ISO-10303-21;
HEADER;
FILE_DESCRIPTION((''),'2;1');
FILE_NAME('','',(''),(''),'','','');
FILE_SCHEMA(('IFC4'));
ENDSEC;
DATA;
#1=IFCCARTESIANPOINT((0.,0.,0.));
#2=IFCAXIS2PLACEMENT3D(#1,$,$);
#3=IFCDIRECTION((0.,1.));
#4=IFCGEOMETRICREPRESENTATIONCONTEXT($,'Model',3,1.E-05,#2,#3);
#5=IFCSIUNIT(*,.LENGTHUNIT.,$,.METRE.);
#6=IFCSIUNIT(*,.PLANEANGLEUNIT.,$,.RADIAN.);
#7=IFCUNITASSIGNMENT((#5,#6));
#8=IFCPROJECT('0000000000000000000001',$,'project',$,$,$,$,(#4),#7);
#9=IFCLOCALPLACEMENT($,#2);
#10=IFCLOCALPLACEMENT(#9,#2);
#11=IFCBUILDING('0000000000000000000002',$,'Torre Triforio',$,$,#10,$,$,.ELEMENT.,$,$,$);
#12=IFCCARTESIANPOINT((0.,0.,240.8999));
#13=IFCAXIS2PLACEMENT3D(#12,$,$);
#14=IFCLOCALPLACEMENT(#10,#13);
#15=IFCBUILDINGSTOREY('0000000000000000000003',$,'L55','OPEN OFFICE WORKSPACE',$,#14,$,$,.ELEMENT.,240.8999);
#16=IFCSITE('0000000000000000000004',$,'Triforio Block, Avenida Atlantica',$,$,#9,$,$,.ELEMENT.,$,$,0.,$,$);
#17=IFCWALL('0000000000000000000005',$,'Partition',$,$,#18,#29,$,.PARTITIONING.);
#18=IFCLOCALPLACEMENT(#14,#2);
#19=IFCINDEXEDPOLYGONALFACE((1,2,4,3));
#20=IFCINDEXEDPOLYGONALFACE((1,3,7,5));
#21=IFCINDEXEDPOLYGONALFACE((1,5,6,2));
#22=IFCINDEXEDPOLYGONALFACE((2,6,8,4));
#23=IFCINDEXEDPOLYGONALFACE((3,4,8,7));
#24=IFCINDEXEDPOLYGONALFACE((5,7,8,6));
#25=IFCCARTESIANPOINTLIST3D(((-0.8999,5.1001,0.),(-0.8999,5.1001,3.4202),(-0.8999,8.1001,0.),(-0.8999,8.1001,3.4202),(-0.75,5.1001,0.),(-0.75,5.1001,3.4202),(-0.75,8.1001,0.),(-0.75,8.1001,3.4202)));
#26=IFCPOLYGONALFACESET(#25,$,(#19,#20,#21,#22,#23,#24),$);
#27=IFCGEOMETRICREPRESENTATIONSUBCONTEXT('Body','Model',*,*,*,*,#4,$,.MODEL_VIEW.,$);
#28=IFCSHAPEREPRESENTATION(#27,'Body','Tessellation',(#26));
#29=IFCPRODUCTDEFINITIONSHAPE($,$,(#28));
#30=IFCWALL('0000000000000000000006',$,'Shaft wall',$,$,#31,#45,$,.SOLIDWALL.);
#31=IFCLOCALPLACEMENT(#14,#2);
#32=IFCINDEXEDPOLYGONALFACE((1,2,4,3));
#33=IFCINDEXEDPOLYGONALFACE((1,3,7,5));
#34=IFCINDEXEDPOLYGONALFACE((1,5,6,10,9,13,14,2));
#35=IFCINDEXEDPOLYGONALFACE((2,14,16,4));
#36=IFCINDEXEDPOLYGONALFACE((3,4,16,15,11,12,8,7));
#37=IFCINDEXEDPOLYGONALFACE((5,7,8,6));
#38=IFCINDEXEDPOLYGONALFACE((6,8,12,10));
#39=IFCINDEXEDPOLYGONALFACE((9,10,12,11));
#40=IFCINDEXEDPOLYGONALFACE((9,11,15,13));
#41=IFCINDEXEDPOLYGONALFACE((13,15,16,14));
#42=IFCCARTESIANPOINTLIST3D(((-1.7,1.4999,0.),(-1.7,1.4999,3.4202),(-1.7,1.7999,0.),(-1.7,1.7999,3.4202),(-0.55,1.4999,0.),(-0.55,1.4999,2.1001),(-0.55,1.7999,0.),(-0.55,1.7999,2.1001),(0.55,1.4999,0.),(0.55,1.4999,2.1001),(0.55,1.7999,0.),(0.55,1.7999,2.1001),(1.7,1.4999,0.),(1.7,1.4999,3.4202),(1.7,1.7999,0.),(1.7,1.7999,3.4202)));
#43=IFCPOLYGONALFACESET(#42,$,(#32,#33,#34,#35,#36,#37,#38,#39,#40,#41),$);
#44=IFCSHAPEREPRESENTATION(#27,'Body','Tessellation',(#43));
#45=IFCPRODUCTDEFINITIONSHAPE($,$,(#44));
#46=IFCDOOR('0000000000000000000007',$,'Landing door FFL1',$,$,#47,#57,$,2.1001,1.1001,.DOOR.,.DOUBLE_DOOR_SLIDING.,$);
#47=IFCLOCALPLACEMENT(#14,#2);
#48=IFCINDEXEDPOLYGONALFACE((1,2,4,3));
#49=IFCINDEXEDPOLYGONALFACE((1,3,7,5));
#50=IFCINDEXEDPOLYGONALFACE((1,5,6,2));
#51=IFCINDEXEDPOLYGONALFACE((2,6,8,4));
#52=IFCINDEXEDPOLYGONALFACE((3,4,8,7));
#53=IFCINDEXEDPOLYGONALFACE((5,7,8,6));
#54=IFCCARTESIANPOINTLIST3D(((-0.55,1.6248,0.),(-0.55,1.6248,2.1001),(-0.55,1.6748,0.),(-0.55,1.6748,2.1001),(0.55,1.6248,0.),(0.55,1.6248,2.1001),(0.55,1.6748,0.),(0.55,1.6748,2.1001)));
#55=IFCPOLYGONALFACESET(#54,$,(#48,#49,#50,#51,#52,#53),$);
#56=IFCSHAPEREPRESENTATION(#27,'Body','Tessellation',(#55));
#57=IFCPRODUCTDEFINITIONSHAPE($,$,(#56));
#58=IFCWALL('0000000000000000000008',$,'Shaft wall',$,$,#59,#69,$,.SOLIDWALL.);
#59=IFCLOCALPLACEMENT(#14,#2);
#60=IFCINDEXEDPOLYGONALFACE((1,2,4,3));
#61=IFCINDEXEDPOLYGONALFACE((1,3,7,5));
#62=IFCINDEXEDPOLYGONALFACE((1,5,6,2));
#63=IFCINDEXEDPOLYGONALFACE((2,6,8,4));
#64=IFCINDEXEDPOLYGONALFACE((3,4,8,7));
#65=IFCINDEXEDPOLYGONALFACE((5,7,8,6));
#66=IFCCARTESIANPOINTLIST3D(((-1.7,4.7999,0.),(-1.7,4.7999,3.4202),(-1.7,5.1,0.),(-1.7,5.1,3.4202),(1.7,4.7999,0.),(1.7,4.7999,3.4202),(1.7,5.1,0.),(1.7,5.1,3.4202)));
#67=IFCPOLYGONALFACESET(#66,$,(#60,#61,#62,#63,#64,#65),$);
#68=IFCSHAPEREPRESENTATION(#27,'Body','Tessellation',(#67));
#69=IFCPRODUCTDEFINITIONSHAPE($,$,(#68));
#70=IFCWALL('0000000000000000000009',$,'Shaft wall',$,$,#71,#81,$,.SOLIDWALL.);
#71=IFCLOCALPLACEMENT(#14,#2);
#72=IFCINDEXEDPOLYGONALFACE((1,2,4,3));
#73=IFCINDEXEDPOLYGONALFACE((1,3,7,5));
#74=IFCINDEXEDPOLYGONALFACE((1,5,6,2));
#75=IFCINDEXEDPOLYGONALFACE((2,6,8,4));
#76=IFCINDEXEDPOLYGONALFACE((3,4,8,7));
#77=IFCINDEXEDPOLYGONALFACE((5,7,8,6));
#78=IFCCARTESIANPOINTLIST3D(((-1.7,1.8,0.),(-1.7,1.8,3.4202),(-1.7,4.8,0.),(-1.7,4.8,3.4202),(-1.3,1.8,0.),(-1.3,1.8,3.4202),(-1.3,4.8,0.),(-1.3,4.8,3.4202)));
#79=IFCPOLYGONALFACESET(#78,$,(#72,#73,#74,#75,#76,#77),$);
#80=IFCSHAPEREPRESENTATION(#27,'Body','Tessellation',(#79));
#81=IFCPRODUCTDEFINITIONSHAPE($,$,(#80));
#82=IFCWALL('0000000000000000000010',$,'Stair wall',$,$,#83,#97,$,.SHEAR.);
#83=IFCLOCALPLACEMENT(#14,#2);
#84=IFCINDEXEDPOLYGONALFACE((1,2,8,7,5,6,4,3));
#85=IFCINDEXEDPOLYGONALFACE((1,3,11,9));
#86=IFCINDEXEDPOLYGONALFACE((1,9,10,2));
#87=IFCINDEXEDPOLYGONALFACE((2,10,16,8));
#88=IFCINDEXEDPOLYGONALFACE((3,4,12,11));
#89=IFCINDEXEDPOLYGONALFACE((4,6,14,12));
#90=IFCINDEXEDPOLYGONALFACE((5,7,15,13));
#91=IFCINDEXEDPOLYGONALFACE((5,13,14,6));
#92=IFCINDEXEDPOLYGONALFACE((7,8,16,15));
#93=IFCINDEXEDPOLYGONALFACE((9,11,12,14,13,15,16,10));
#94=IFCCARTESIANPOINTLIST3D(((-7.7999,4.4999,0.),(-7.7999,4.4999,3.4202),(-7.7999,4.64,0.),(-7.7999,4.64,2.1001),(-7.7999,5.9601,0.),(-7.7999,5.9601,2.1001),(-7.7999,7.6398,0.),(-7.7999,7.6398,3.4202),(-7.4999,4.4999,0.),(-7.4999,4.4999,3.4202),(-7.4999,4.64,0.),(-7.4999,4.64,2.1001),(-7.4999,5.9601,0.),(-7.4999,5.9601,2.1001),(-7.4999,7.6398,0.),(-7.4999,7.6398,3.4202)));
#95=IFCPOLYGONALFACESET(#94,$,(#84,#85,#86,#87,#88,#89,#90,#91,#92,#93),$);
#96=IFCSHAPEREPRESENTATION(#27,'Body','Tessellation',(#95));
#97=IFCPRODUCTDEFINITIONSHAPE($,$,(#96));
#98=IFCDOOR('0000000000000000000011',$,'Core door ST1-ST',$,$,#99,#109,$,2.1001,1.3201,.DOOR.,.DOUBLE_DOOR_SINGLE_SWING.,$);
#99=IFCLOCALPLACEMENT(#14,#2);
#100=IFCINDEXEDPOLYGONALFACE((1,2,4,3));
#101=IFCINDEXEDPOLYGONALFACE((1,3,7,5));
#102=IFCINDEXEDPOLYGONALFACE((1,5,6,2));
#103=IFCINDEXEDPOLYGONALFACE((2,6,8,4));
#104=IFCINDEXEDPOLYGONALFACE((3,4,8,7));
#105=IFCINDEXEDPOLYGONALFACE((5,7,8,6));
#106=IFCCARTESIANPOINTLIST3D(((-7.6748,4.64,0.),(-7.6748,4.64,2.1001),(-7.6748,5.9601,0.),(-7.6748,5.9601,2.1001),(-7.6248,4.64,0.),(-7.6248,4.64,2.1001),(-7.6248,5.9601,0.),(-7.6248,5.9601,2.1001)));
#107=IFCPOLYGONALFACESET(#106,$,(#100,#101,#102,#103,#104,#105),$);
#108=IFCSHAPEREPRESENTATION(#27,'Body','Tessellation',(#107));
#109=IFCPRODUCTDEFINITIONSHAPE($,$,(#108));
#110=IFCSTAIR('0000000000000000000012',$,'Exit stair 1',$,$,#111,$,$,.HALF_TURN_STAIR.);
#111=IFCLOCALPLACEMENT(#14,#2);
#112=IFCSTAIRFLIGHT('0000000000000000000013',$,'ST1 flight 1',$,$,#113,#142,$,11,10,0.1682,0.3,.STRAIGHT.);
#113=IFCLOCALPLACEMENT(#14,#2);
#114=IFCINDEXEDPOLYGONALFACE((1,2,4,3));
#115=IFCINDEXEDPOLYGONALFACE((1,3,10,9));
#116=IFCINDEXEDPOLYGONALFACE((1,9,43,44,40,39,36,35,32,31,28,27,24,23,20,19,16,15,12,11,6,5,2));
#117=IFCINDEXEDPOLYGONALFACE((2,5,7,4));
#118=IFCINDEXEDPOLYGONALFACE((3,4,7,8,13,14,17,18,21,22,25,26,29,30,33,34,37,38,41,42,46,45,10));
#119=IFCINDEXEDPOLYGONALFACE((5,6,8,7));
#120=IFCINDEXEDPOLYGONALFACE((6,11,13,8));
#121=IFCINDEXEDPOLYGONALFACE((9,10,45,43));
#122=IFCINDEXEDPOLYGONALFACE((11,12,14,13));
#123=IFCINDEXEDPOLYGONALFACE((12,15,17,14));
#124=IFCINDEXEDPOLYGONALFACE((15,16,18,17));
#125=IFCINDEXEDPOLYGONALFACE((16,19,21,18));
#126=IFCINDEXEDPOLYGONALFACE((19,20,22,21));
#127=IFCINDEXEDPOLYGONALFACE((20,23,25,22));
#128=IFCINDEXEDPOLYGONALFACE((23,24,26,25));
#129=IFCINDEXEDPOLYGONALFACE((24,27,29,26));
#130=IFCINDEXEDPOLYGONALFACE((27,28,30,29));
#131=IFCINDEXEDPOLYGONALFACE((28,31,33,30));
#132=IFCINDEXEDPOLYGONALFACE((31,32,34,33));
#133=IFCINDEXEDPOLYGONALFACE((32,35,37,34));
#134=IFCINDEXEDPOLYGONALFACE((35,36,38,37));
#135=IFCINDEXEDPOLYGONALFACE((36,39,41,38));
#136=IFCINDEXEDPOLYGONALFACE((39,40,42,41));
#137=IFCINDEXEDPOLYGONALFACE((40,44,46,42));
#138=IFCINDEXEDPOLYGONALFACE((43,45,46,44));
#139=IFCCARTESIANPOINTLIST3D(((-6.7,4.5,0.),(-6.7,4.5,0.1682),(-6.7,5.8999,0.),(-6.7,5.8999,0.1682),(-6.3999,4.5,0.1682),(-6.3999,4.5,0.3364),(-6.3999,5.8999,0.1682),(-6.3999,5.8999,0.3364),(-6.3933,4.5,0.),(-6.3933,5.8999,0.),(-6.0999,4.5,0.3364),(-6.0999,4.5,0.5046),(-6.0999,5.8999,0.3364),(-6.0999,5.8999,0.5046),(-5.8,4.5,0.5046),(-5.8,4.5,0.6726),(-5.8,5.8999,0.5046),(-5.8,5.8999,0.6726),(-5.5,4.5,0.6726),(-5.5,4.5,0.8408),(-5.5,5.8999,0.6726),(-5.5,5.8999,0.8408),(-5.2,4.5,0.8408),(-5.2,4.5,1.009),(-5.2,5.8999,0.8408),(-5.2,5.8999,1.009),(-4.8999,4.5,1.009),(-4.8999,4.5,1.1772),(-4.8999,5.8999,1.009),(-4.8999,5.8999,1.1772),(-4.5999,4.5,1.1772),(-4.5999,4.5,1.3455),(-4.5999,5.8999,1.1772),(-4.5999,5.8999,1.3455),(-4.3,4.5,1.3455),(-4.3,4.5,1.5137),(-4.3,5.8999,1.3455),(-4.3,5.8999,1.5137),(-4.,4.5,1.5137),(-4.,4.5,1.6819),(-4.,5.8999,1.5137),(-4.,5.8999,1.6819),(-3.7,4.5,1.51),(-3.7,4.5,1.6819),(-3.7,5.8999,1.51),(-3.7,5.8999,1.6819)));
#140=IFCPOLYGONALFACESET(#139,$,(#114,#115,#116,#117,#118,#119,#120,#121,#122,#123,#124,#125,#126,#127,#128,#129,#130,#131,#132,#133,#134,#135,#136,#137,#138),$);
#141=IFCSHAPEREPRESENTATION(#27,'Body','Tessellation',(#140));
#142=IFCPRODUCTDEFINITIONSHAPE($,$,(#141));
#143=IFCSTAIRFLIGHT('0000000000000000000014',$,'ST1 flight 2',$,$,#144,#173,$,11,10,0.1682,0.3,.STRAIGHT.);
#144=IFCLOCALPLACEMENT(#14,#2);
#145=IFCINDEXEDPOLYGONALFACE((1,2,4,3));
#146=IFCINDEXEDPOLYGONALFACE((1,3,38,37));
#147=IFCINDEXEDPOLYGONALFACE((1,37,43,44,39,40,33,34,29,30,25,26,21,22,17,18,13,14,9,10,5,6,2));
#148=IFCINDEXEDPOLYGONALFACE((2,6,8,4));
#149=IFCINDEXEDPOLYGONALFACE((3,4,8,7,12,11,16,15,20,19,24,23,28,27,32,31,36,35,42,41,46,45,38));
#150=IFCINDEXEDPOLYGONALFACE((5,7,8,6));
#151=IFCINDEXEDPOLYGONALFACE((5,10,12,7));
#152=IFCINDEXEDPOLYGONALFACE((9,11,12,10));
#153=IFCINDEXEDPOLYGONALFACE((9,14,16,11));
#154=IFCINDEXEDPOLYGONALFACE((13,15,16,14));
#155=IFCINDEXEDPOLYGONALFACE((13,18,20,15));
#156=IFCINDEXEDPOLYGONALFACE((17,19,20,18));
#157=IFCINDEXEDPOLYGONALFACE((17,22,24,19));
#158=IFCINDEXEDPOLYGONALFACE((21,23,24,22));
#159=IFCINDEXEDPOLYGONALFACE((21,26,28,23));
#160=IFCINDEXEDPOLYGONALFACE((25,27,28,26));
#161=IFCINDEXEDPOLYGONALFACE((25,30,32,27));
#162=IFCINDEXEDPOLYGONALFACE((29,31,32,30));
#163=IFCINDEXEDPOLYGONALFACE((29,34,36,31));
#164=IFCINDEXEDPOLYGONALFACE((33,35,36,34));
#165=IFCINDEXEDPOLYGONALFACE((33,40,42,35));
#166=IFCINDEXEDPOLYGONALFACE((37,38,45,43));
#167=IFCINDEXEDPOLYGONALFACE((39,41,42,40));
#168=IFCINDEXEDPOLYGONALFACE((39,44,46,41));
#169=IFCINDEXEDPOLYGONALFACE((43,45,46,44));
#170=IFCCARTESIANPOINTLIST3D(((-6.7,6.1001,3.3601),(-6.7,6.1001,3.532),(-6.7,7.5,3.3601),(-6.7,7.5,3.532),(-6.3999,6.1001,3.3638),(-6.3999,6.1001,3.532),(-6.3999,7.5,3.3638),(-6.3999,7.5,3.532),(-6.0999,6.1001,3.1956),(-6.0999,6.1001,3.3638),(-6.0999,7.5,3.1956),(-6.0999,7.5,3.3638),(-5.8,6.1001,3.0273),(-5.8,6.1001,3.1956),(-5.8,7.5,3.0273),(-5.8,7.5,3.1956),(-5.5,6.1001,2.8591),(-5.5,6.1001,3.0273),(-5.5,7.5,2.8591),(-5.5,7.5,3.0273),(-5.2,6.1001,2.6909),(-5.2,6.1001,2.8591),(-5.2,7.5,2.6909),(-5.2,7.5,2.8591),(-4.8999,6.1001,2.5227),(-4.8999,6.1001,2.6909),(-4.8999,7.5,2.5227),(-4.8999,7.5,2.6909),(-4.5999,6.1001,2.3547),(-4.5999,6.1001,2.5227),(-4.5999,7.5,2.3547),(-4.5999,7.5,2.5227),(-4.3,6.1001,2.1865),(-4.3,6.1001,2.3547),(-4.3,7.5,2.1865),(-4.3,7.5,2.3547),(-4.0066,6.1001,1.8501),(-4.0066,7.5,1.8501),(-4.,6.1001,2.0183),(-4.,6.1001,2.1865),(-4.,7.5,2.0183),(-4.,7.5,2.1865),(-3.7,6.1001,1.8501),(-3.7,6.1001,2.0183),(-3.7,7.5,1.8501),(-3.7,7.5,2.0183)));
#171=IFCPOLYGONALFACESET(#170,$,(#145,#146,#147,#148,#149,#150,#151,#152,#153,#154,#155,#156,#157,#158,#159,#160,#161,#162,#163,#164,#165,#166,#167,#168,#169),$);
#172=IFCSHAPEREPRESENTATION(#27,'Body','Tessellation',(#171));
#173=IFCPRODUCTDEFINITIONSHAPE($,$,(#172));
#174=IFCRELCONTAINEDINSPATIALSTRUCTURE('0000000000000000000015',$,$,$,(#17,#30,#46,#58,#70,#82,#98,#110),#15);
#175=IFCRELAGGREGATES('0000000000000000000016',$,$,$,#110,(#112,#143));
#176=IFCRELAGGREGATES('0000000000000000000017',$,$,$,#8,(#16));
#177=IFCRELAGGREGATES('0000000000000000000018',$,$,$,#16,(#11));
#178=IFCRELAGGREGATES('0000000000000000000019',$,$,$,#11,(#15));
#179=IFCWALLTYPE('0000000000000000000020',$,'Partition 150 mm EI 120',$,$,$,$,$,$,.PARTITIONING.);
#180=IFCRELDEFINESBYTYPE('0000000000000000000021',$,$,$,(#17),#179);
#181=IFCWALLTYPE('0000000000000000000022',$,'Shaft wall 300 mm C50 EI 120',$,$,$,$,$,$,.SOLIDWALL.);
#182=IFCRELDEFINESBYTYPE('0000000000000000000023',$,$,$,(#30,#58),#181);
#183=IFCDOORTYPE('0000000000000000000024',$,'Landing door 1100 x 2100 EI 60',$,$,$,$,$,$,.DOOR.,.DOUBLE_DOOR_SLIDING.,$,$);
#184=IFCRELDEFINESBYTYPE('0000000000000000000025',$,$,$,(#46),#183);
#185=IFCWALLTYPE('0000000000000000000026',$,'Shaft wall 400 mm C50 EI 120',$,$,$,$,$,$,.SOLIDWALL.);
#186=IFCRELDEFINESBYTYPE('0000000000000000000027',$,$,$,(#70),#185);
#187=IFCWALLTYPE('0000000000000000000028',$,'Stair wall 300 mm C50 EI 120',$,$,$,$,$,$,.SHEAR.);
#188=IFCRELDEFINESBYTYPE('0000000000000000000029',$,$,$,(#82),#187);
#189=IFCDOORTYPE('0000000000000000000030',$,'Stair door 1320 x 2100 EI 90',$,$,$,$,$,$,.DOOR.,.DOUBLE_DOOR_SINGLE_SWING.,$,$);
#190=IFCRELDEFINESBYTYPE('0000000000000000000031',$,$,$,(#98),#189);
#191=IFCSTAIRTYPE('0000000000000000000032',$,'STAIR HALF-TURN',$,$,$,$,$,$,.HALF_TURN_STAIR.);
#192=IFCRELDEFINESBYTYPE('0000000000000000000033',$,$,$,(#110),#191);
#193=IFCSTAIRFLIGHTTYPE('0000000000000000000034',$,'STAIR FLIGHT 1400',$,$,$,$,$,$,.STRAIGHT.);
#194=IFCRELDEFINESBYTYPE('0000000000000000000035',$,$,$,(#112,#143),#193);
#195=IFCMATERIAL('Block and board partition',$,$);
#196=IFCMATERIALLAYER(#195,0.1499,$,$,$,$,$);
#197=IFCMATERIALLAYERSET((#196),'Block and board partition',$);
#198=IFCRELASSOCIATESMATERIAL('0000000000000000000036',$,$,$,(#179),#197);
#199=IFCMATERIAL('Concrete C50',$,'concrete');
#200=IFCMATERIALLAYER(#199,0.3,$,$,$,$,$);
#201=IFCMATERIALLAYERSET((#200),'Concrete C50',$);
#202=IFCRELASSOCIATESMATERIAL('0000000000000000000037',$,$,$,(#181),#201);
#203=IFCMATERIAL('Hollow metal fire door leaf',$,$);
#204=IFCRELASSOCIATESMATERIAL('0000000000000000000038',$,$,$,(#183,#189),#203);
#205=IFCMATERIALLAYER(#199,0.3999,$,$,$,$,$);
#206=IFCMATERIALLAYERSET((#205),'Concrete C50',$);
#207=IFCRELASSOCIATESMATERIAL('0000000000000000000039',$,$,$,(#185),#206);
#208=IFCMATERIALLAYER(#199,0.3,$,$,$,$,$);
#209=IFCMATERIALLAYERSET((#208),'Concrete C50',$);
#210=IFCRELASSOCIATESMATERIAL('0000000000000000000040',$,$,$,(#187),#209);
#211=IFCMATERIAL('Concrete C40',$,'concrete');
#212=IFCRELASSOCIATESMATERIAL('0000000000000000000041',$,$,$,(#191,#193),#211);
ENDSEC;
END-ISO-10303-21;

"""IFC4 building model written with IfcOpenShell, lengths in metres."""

from ifc_helpers import new_model, si_unit, direction, frame, frame_2d, origin, place, context, subcontext, project, spatial, polyline, rectangle, outline, extrude, material, layer, layer_set, type_object, element, fill, aggregate, save


model = new_model("IFC4")

# Units and contexts
model_context = context("Model", 3, precision=1e-05, world=origin(), true_north=direction((0.0, 1.0)))
body_context = subcontext(model_context, "Body", "Model", "MODEL_VIEW")
ifc_project = project(units=[si_unit("LENGTHUNIT", "METRE"), si_unit("PLANEANGLEUNIT", "RADIAN")], contexts=[model_context])

# Site, building, storey
site_placement = place(None, origin())
site = spatial("IfcSite", under=ifc_project, at=site_placement, Name="Triforio Block, Avenida Atlantica", CompositionType="ELEMENT", RefElevation=0.0)
building_placement = place(site_placement, origin())
building = spatial("IfcBuilding", under=site, at=building_placement, Name="Torre Triforio", CompositionType="ELEMENT")
storey_placement = place(building_placement, frame((0.0, 0.0, 240.8999)))
storey = spatial("IfcBuildingStorey", under=building, at=storey_placement, Name="L55", Description="OPEN OFFICE WORKSPACE", CompositionType="ELEMENT", Elevation=240.8999)

# Shared definitions
ifc_material_1 = material(Name="Concrete C40", Category="concrete")

# Wall
ifc_material_2 = material(Name="Concrete C50", Category="concrete")
ifc_material_3 = material(Name="Block and board partition")
ifc_layer_1 = layer(ifc_material_3, 0.1499)
ifc_layer_set_1 = layer_set([ifc_layer_1], Name="Block and board partition")
wall_type_1 = type_object("IfcWallType", Name="Partition 150 mm EI 120", PredefinedType="PARTITIONING", material=ifc_layer_set_1)
wall_1_placement = place(storey_placement, frame((-0.825, 5.1001, 0.0), z_axis=(0.0, 0.0, 1.0), x_axis=(0.0, 1.0, 0.0)))
element("IfcWall", 1, at=wall_1_placement, inside=storey, type_object=wall_type_1, Name="Partition", PredefinedType="PARTITIONING", context=body_context, shape_type="SweptSolid", body=[
    extrude(rectangle(XDim=3.0, YDim=0.1499, at=frame_2d((1.5, 0.0))), origin(), (0.0, 0.0, 1.0), 3.4202),
])

# Wall, opening, door
ifc_layer_2 = layer(ifc_material_2, 0.3)
ifc_layer_set_2 = layer_set([ifc_layer_2], Name="Concrete C50")
wall_type_2 = type_object("IfcWallType", Name="Shaft wall 300 mm C50 EI 120", PredefinedType="SOLIDWALL", material=ifc_layer_set_2)
wall_2_placement = place(storey_placement, frame((-1.7, 1.6499, 0.0), z_axis=(0.0, 0.0, 1.0), x_axis=(1.0, 0.0, 0.0)))
wall_2 = element("IfcWall", 2, at=wall_2_placement, inside=storey, type_object=wall_type_2, Name="Shaft wall", PredefinedType="SOLIDWALL", context=body_context, shape_type="SweptSolid", body=[
    extrude(rectangle(XDim=3.3999, YDim=0.3, at=frame_2d((1.7, 0.0))), origin(), (0.0, 0.0, 1.0), 3.4202),
])
opening_1_placement = place(wall_2_placement, frame((1.1499, 0.0, 0.0)))
opening_1 = element("IfcOpeningElement", 3, at=opening_1_placement, cuts=wall_2, PredefinedType="OPENING", context=body_context, shape_type="SweptSolid", body=[
    extrude(rectangle(XDim=1.1001, YDim=2.1001, at=frame_2d((0.55, 1.05))), frame((0.0, 0.1599, 0.0), z_axis=(0.0, -1.0, 0.0), x_axis=(1.0, 0.0, 0.0)), (0.0, 0.0, 1.0), 0.3201),
])
ifc_material_4 = material(Name="Hollow metal fire door leaf")
door_type_1 = type_object("IfcDoorType", Name="Landing door 1100 x 2100 EI 60", OperationType="DOUBLE_DOOR_SLIDING", PredefinedType="DOOR", material=ifc_material_4)
door_1_placement = place(opening_1_placement, origin())
door_1 = element("IfcDoor", 4, at=door_1_placement, inside=storey, type_object=door_type_1, Name="Landing door FFL1", OperationType="DOUBLE_DOOR_SLIDING", OverallHeight=2.1001, OverallWidth=1.1001, PredefinedType="DOOR", context=body_context, shape_type="SweptSolid", body=[
    extrude(rectangle(XDim=1.1001, YDim=2.1001, at=frame_2d((0.55, 1.05))), frame((0.0, 0.0249, 0.0), z_axis=(0.0, -1.0, 0.0), x_axis=(1.0, 0.0, 0.0)), (0.0, 0.0, 1.0), 0.05),
])
fill(opening_1, door_1)

# Walls
wall_3_placement = place(storey_placement, frame((-1.7, 4.95, 0.0), z_axis=(0.0, 0.0, 1.0), x_axis=(1.0, 0.0, 0.0)))
element("IfcWall", 5, at=wall_3_placement, inside=storey, type_object=wall_type_2, Name="Shaft wall", PredefinedType="SOLIDWALL", context=body_context, shape_type="SweptSolid", body=[
    extrude(rectangle(XDim=3.3999, YDim=0.3, at=frame_2d((1.7, 0.0))), origin(), (0.0, 0.0, 1.0), 3.4202),
])
ifc_layer_3 = layer(ifc_material_2, 0.3999)
ifc_layer_set_3 = layer_set([ifc_layer_3], Name="Concrete C50")
wall_type_3 = type_object("IfcWallType", Name="Shaft wall 400 mm C50 EI 120", PredefinedType="SOLIDWALL", material=ifc_layer_set_3)
wall_4_placement = place(storey_placement, frame((-1.5, 1.8, 0.0), z_axis=(0.0, 0.0, 1.0), x_axis=(0.0, 1.0, 0.0)))
element("IfcWall", 6, at=wall_4_placement, inside=storey, type_object=wall_type_3, Name="Shaft wall", PredefinedType="SOLIDWALL", context=body_context, shape_type="SweptSolid", body=[
    extrude(rectangle(XDim=3.0, YDim=0.3999, at=frame_2d((1.5, 0.0))), origin(), (0.0, 0.0, 1.0), 3.4202),
])

# Wall, opening, door
ifc_layer_4 = layer(ifc_material_2, 0.3)
ifc_layer_set_4 = layer_set([ifc_layer_4], Name="Concrete C50")
wall_type_4 = type_object("IfcWallType", Name="Stair wall 300 mm C50 EI 120", PredefinedType="SHEAR", material=ifc_layer_set_4)
wall_5_placement = place(storey_placement, frame((-7.6499, 4.5, 0.0), z_axis=(0.0, 0.0, 1.0), x_axis=(0.0, 1.0, 0.0)))
wall_5 = element("IfcWall", 7, at=wall_5_placement, inside=storey, type_object=wall_type_4, Name="Stair wall", PredefinedType="SHEAR", context=body_context, shape_type="SweptSolid", body=[
    extrude(rectangle(XDim=3.1399, YDim=0.3, at=frame_2d((1.5698, 0.0))), origin(), (0.0, 0.0, 1.0), 3.4202),
])
opening_2_placement = place(wall_5_placement, frame((0.1399, 0.0, 0.0)))
opening_2 = element("IfcOpeningElement", 8, at=opening_2_placement, cuts=wall_5, PredefinedType="OPENING", context=body_context, shape_type="SweptSolid", body=[
    extrude(rectangle(XDim=1.3201, YDim=2.1001, at=frame_2d((0.6602, 1.05))), frame((0.0, 0.1599, 0.0), z_axis=(0.0, -1.0, 0.0), x_axis=(1.0, 0.0, 0.0)), (0.0, 0.0, 1.0), 0.3201),
])
door_type_2 = type_object("IfcDoorType", Name="Stair door 1320 x 2100 EI 90", OperationType="DOUBLE_DOOR_SINGLE_SWING", PredefinedType="DOOR", material=ifc_material_4)
door_2_placement = place(opening_2_placement, origin())
door_2 = element("IfcDoor", 9, at=door_2_placement, inside=storey, type_object=door_type_2, Name="Core door ST1-ST", OperationType="DOUBLE_DOOR_SINGLE_SWING", OverallHeight=2.1001, OverallWidth=1.3201, PredefinedType="DOOR", context=body_context, shape_type="SweptSolid", body=[
    extrude(rectangle(XDim=1.3201, YDim=2.1001, at=frame_2d((0.6602, 1.05))), frame((0.0, 0.0249, 0.0), z_axis=(0.0, -1.0, 0.0), x_axis=(1.0, 0.0, 0.0)), (0.0, 0.0, 1.0), 0.05),
])
fill(opening_2, door_2)

# Stair, stair flights
stair_type = type_object("IfcStairType", Name="STAIR HALF-TURN", PredefinedType="HALF_TURN_STAIR", material=ifc_material_1)
stair_placement = place(storey_placement, origin())
stair = element("IfcStair", 10, at=stair_placement, inside=storey, type_object=stair_type, Name="Exit stair 1", PredefinedType="HALF_TURN_STAIR")
stair_flight_type = type_object("IfcStairFlightType", Name="STAIR FLIGHT 1400", PredefinedType="STRAIGHT", material=ifc_material_1)
stair_flight_1_placement = place(storey_placement, frame((-6.7, 5.2, 0.0), z_axis=(0.0, 0.0, 1.0), x_axis=(1.0, 0.0, 0.0)))
stair_flight_1 = element("IfcStairFlight", 11, at=stair_flight_1_placement, type_object=stair_flight_type, Name="ST1 flight 1", NumberOfRisers=11, NumberOfTreads=10, PredefinedType="STRAIGHT", RiserHeight=0.1682, TreadLength=0.3, context=body_context, shape_type="SweptSolid", body=[
    extrude(outline(polyline([(0.0, 0.0), (0.0, 0.1682), (0.3, 0.1682), (0.3, 0.3364), (0.6001, 0.3364), (0.6001, 0.5046), (0.8999, 0.5046), (0.8999, 0.6726), (1.2, 0.6726), (1.2, 0.8408), (1.5, 0.8408), (1.5, 1.009), (1.8, 1.009), (1.8, 1.1772), (2.1001, 1.1772), (2.1001, 1.3455), (2.3999, 1.3455), (2.3999, 1.5137), (2.7, 1.5137), (2.7, 1.6819), (3.0, 1.6819), (3.0, 1.8501), (3.0, 1.51), (0.3066, 0.0), (0.0, 0.0)])), frame((0.0, 0.7, 0.0), z_axis=(0.0, -1.0, 0.0), x_axis=(1.0, 0.0, 0.0)), (0.0, 0.0, 1.0), 1.3999),
])
stair_flight_2_placement = place(storey_placement, frame((-3.7, 6.8, 1.8501), z_axis=(0.0, 0.0, 1.0), x_axis=(-1.0, 0.0, 0.0)))
stair_flight_2 = element("IfcStairFlight", 12, at=stair_flight_2_placement, type_object=stair_flight_type, Name="ST1 flight 2", NumberOfRisers=11, NumberOfTreads=10, PredefinedType="STRAIGHT", RiserHeight=0.1682, TreadLength=0.3, context=body_context, shape_type="SweptSolid", body=[
    extrude(outline(polyline([(0.0, 0.0), (0.0, 0.1682), (0.3, 0.1682), (0.3, 0.3364), (0.6001, 0.3364), (0.6001, 0.5046), (0.8999, 0.5046), (0.8999, 0.6726), (1.2, 0.6726), (1.2, 0.8408), (1.5, 0.8408), (1.5, 1.009), (1.8, 1.009), (1.8, 1.1772), (2.1001, 1.1772), (2.1001, 1.3455), (2.3999, 1.3455), (2.3999, 1.5137), (2.7, 1.5137), (2.7, 1.6819), (3.0, 1.6819), (3.0, 1.8501), (3.0, 1.51), (0.3066, 0.0), (0.0, 0.0)])), frame((0.0, 0.7, 0.0), z_axis=(0.0, -1.0, 0.0), x_axis=(1.0, 0.0, 0.0)), (0.0, 0.0, 1.0), 1.3999),
])
aggregate(stair, [stair_flight_1, stair_flight_2])

save(model, "model.ifc")
